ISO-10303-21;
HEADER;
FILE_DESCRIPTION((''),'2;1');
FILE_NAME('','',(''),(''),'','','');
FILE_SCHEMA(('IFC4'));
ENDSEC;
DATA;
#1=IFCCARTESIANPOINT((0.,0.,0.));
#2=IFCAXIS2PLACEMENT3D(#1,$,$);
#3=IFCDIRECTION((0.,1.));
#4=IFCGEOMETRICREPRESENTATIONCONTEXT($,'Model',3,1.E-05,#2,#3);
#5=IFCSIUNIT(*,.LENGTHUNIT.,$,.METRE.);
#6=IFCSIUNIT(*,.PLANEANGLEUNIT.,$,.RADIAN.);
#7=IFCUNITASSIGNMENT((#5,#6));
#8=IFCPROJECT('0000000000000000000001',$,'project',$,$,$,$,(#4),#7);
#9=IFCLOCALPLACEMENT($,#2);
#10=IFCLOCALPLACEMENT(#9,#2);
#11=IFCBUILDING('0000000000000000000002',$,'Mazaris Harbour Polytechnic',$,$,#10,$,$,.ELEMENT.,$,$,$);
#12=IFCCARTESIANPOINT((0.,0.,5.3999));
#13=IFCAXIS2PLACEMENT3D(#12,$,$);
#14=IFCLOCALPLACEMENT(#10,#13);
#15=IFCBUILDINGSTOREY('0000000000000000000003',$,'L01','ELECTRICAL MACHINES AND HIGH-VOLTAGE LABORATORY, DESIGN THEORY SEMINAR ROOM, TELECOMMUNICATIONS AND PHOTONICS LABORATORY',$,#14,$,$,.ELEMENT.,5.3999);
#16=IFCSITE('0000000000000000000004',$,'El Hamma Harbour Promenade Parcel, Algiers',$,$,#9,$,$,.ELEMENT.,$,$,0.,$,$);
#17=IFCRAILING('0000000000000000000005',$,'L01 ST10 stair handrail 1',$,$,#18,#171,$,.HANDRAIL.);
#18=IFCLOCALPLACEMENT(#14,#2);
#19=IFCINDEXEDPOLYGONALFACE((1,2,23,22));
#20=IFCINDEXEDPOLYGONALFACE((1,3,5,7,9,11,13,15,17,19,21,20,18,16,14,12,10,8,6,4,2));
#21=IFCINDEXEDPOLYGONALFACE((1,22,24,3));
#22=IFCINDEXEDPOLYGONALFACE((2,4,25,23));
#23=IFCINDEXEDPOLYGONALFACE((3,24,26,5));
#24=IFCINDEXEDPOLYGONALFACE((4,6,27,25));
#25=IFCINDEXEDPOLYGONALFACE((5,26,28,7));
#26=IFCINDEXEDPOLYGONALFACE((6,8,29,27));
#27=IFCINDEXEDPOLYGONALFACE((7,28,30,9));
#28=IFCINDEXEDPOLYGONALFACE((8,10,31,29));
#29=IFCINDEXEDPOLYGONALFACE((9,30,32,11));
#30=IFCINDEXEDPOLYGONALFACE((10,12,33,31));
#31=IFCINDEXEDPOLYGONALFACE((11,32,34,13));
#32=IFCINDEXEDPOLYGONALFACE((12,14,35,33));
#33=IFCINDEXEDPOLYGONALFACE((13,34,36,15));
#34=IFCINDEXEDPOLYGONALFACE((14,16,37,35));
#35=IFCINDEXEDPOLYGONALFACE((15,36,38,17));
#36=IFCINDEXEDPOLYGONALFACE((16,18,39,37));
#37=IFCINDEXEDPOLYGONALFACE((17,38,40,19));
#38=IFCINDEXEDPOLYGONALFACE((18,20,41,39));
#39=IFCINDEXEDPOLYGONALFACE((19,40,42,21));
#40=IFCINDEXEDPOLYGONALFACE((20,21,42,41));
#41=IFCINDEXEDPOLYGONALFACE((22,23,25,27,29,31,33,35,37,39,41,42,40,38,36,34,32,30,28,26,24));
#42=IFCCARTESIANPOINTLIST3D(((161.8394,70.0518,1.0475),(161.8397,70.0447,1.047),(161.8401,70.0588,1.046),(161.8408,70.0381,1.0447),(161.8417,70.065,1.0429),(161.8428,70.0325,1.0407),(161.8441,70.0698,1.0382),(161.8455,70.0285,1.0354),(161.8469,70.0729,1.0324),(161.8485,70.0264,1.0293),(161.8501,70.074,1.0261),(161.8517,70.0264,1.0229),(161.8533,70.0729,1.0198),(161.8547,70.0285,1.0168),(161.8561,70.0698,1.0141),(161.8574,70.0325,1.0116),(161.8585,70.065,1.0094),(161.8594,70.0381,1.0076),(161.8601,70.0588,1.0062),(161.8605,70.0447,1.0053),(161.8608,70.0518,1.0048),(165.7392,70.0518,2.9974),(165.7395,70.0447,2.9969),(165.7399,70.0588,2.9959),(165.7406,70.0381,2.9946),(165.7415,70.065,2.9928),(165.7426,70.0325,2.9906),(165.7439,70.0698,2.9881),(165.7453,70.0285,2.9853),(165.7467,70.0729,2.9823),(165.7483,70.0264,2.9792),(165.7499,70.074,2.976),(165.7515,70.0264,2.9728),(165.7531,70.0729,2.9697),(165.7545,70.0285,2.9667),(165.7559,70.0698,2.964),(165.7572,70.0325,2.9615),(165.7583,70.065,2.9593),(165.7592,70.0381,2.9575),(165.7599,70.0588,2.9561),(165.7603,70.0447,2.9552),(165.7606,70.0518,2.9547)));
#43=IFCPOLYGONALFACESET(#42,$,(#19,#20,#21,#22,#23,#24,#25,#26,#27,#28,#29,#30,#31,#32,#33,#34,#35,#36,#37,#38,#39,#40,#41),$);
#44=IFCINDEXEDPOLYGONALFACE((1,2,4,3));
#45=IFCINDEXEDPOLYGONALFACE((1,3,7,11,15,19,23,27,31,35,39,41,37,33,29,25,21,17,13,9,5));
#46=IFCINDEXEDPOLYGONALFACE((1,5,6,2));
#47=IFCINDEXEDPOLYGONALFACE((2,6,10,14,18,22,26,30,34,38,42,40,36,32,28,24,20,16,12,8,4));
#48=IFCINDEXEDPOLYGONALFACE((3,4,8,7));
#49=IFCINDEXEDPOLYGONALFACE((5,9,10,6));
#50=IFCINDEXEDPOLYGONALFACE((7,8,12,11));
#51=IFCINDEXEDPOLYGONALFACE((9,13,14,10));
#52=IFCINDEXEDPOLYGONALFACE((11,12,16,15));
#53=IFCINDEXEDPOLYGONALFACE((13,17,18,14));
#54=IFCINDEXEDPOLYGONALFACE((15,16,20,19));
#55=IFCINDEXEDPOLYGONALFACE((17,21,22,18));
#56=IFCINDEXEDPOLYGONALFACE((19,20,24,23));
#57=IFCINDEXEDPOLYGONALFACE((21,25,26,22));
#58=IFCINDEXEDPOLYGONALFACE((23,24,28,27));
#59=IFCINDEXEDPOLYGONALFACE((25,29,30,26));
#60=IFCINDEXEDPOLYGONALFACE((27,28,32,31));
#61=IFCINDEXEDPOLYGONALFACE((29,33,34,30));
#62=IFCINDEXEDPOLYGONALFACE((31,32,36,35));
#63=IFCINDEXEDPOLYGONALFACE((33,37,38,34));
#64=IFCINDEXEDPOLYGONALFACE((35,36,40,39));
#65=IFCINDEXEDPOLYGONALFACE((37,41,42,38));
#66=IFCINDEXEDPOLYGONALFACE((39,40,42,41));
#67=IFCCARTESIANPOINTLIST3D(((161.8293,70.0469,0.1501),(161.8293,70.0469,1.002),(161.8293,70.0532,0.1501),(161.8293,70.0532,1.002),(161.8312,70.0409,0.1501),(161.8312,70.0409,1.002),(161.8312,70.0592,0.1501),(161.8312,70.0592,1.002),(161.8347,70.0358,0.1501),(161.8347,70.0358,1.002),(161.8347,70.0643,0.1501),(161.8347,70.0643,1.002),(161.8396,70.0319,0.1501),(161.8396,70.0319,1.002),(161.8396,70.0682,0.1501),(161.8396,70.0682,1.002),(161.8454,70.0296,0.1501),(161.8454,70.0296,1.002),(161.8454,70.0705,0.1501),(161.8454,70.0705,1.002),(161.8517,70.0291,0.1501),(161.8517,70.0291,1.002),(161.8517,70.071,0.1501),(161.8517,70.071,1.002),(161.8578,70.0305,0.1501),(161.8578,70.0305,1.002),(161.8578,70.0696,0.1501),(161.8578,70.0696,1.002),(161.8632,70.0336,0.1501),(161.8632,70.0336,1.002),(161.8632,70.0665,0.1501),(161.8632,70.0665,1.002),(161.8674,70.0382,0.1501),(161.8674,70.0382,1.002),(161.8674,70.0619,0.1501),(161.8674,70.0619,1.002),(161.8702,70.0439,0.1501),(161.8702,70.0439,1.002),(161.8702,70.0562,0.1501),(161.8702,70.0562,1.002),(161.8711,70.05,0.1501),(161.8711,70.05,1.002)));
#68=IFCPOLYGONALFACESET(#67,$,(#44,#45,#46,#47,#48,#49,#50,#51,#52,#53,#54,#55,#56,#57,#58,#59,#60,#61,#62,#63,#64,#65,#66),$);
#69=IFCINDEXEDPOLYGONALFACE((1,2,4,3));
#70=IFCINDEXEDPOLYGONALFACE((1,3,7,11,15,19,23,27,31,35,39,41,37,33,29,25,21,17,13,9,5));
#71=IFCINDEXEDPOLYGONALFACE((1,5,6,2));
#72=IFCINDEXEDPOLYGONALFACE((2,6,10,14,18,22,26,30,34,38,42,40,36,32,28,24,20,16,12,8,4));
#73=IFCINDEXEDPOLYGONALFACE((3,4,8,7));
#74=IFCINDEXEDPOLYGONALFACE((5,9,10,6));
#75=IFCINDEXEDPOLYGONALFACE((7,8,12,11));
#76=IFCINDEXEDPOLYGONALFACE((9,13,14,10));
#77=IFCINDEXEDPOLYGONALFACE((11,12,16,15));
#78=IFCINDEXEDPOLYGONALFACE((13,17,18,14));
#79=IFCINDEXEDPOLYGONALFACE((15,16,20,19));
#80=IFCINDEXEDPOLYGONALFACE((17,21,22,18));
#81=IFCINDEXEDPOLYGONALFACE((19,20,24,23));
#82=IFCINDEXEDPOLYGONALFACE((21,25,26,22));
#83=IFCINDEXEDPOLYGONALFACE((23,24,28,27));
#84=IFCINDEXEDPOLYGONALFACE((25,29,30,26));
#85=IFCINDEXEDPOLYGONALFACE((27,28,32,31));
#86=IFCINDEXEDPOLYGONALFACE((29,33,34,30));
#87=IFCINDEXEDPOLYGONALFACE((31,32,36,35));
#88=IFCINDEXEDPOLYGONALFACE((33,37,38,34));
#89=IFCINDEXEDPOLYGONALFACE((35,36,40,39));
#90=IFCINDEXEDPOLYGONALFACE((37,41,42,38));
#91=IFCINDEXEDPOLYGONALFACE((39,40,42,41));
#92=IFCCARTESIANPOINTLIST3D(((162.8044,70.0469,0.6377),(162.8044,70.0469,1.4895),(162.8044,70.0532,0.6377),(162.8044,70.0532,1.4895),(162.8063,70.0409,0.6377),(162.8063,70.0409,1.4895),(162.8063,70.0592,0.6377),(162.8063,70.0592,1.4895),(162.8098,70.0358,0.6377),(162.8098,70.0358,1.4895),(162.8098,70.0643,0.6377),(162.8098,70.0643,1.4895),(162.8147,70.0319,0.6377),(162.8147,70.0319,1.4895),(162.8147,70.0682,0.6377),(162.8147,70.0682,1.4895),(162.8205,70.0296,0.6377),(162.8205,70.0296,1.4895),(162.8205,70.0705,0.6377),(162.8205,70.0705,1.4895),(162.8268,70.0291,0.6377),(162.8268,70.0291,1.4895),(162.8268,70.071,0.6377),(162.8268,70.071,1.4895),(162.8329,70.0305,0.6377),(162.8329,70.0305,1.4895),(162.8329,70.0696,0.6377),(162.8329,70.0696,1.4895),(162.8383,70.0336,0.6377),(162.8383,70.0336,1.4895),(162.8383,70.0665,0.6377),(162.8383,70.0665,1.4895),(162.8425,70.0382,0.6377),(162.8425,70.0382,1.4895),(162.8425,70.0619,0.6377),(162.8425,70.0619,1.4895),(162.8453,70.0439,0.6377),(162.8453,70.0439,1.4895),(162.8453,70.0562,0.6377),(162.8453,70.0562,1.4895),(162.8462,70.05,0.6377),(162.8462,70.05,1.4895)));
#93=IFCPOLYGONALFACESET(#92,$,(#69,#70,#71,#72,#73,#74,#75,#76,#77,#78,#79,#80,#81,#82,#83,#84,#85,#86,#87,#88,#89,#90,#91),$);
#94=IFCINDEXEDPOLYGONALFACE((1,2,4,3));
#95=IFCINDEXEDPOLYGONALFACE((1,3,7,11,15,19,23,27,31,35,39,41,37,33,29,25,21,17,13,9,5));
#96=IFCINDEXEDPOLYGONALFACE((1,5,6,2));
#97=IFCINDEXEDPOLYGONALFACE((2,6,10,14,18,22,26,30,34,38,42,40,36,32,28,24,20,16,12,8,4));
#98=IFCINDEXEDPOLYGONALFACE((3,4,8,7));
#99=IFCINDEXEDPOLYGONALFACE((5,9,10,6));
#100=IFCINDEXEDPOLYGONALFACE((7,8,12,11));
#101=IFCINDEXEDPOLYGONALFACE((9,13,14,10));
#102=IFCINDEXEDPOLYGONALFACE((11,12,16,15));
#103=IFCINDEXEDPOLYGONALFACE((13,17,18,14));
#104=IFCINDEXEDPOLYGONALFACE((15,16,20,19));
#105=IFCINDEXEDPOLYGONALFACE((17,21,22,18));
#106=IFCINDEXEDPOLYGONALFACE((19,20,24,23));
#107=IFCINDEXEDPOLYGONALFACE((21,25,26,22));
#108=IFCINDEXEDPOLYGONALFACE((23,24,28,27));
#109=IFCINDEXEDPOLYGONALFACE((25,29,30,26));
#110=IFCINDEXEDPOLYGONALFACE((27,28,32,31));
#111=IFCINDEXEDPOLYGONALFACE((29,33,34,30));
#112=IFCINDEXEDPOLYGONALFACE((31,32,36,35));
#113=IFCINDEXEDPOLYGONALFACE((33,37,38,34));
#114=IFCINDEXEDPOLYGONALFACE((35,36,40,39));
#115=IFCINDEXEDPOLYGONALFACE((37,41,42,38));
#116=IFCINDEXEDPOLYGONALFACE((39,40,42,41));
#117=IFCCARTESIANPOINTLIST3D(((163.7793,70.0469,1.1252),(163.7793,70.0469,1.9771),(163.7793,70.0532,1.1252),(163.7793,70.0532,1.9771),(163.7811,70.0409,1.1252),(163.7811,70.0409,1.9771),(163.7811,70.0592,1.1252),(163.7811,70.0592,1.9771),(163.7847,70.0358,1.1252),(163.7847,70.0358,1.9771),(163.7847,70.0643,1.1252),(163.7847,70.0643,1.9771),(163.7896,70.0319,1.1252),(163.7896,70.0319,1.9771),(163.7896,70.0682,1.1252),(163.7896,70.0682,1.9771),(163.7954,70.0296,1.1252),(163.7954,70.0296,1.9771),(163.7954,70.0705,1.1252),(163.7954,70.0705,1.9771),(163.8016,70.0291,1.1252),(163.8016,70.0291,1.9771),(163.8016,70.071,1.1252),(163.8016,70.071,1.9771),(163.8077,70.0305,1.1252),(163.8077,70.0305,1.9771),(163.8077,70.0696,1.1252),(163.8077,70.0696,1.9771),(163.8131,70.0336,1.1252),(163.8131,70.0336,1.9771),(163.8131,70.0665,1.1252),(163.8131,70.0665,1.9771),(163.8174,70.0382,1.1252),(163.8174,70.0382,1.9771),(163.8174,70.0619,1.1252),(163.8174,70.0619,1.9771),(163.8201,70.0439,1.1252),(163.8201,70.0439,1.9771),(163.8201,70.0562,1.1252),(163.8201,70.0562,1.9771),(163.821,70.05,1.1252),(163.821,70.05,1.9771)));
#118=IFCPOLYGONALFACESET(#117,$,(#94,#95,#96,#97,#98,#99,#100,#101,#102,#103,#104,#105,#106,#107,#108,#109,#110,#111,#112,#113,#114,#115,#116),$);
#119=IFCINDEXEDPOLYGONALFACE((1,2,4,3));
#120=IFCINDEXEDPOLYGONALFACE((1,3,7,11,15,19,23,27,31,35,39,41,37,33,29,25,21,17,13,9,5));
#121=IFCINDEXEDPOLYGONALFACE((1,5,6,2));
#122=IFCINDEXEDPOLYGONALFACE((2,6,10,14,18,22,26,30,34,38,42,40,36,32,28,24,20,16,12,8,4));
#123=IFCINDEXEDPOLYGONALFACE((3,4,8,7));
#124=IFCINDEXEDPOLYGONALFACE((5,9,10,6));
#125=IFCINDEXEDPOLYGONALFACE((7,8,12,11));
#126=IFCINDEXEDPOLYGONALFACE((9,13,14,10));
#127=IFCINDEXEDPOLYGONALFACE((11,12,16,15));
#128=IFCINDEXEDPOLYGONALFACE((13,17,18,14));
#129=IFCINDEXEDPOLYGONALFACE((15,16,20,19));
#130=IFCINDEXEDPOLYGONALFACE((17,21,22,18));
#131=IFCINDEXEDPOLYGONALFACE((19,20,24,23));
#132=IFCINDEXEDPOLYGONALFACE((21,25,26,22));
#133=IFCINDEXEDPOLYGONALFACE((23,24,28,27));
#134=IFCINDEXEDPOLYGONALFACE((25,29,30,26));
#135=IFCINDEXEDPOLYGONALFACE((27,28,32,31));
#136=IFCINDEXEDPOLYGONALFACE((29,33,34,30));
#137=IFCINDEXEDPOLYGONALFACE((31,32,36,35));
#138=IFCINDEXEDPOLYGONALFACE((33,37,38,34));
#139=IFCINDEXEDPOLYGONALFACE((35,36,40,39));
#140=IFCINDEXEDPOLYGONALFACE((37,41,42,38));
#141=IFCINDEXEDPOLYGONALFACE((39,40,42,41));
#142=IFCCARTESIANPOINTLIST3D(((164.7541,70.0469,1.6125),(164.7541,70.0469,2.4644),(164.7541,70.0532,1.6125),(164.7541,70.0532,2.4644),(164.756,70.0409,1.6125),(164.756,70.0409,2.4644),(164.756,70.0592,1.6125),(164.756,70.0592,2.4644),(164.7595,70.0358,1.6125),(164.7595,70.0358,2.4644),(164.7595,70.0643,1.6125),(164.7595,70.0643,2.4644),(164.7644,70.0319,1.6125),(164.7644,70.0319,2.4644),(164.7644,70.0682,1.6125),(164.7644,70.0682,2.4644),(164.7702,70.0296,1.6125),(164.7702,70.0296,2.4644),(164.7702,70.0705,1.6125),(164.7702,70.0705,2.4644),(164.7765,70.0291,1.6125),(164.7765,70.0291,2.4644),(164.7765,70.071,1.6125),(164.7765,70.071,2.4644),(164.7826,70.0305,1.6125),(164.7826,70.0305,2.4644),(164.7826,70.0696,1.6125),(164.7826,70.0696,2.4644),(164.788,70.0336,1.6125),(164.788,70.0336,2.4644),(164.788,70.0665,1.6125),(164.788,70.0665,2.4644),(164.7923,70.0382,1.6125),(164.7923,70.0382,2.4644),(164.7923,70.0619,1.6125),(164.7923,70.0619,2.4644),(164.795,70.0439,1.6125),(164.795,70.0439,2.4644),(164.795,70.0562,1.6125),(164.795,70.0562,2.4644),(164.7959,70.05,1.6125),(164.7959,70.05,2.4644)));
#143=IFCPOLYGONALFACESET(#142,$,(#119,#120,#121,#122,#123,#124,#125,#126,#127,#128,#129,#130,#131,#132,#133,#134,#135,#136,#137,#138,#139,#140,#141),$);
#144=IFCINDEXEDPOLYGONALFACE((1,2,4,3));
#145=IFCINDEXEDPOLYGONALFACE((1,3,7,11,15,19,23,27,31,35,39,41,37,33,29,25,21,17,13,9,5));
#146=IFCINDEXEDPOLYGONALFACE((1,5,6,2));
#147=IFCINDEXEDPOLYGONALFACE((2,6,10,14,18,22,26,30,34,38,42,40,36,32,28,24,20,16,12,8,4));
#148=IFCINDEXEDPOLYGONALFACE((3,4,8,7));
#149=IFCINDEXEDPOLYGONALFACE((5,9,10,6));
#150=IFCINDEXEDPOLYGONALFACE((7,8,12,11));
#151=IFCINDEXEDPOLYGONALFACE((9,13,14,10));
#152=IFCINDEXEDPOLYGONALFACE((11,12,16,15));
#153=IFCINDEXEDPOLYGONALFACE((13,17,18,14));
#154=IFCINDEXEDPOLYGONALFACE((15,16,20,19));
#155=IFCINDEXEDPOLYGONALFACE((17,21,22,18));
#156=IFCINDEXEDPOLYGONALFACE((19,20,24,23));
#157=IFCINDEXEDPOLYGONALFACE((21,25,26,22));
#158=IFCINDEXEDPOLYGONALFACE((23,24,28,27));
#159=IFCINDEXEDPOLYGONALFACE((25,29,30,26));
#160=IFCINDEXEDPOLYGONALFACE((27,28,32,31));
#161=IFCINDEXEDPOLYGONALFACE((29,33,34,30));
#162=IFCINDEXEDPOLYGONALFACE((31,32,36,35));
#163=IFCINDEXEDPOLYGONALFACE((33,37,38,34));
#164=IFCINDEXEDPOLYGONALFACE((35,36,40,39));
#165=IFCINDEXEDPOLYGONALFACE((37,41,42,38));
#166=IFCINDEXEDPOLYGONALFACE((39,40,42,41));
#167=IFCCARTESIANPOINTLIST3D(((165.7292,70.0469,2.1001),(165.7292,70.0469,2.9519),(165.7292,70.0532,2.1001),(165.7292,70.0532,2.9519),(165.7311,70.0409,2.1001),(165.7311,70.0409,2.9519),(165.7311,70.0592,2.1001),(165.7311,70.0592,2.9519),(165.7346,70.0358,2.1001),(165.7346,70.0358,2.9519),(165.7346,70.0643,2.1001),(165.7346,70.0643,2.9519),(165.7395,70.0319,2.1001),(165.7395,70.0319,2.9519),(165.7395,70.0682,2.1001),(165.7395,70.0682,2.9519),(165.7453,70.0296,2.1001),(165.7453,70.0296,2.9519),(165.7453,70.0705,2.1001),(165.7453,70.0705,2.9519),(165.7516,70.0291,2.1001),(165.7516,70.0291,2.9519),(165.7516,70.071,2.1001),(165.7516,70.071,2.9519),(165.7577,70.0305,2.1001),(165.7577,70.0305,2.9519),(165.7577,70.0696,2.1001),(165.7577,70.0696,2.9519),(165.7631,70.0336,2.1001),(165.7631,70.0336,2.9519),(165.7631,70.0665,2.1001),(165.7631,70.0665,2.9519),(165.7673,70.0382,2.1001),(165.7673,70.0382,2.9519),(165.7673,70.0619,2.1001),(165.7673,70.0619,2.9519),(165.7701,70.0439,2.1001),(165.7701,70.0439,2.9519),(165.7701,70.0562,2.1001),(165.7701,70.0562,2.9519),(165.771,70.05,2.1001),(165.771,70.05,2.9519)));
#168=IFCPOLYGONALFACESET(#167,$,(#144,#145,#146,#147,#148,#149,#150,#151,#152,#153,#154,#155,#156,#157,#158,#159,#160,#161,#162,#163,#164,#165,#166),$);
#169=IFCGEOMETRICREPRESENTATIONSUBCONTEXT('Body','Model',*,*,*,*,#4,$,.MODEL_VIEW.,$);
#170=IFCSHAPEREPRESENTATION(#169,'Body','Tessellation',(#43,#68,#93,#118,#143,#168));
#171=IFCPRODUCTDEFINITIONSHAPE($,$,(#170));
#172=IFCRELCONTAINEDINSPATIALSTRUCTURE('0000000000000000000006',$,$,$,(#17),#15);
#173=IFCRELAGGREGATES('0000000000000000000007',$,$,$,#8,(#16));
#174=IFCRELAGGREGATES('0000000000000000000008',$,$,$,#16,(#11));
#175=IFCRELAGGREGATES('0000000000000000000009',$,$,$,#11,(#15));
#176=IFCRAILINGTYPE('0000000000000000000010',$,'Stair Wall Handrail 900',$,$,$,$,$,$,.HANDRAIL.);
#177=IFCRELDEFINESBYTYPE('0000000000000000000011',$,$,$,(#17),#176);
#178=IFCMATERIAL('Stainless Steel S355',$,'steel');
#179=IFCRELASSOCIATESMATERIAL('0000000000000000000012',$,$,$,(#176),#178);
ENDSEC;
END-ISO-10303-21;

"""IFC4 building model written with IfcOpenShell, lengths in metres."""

from ifc_helpers import new_model, si_unit, direction, frame, origin, origin_2d, place, context, subcontext, project, spatial, circle, extrude, material, type_object, element, save


model = new_model("IFC4")

# Units and contexts
model_context = context("Model", 3, precision=1e-05, world=origin(), true_north=direction((0.0, 1.0)))
body_context = subcontext(model_context, "Body", "Model", "MODEL_VIEW")
ifc_project = project(units=[si_unit("LENGTHUNIT", "METRE"), si_unit("PLANEANGLEUNIT", "RADIAN")], contexts=[model_context])

# Site, building, storey
site_placement = place(None, origin())
site = spatial("IfcSite", under=ifc_project, at=site_placement, Name="El Hamma Harbour Promenade Parcel, Algiers", CompositionType="ELEMENT", RefElevation=0.0)
building_placement = place(site_placement, origin())
building = spatial("IfcBuilding", under=site, at=building_placement, Name="Mazaris Harbour Polytechnic", CompositionType="ELEMENT")
storey_placement = place(building_placement, frame((0.0, 0.0, 5.3999)))
storey = spatial("IfcBuildingStorey", under=building, at=storey_placement, Name="L01", Description="ELECTRICAL MACHINES AND HIGH-VOLTAGE LABORATORY, DESIGN THEORY SEMINAR ROOM, TELECOMMUNICATIONS AND PHOTONICS LABORATORY", CompositionType="ELEMENT", Elevation=5.3999)

# Railing
ifc_material_1 = material(Name="Stainless Steel S355", Category="steel")
railing_type_1 = type_object("IfcRailingType", Name="Stair Wall Handrail 900", PredefinedType="HANDRAIL", material=ifc_material_1)
railing_1_placement = place(storey_placement, frame((161.8501, 70.05, 0.1501)))
element("IfcRailing", 1, at=railing_1_placement, inside=storey, type_object=railing_type_1, Name="L01 ST10 stair handrail 1", PredefinedType="HANDRAIL", context=body_context, shape_type="SweptSolid", body=[
    extrude(circle(Radius=0.0239, at=origin_2d()), frame((0.0, 0.0, 0.876), z_axis=(0.894427, 0.0, 0.447214), x_axis=(0.0, 1.0, 0.0)), (0.0, 0.0, 1.0), 4.3601),
    extrude(circle(Radius=0.021, at=origin_2d()), origin(), (0.0, 0.0, 1.0), 0.8518),
    extrude(circle(Radius=0.021, at=origin_2d()), frame((0.9751, 0.0, 0.4875)), (0.0, 0.0, 1.0), 0.8518),
    extrude(circle(Radius=0.021, at=origin_2d()), frame((1.95, 0.0, 0.9751)), (0.0, 0.0, 1.0), 0.8518),
    extrude(circle(Radius=0.021, at=origin_2d()), frame((2.9248, 0.0, 1.4624)), (0.0, 0.0, 1.0), 0.8518),
    extrude(circle(Radius=0.021, at=origin_2d()), frame((3.8999, 0.0, 1.95)), (0.0, 0.0, 1.0), 0.8518),
])

save(model, "model.ifc")
